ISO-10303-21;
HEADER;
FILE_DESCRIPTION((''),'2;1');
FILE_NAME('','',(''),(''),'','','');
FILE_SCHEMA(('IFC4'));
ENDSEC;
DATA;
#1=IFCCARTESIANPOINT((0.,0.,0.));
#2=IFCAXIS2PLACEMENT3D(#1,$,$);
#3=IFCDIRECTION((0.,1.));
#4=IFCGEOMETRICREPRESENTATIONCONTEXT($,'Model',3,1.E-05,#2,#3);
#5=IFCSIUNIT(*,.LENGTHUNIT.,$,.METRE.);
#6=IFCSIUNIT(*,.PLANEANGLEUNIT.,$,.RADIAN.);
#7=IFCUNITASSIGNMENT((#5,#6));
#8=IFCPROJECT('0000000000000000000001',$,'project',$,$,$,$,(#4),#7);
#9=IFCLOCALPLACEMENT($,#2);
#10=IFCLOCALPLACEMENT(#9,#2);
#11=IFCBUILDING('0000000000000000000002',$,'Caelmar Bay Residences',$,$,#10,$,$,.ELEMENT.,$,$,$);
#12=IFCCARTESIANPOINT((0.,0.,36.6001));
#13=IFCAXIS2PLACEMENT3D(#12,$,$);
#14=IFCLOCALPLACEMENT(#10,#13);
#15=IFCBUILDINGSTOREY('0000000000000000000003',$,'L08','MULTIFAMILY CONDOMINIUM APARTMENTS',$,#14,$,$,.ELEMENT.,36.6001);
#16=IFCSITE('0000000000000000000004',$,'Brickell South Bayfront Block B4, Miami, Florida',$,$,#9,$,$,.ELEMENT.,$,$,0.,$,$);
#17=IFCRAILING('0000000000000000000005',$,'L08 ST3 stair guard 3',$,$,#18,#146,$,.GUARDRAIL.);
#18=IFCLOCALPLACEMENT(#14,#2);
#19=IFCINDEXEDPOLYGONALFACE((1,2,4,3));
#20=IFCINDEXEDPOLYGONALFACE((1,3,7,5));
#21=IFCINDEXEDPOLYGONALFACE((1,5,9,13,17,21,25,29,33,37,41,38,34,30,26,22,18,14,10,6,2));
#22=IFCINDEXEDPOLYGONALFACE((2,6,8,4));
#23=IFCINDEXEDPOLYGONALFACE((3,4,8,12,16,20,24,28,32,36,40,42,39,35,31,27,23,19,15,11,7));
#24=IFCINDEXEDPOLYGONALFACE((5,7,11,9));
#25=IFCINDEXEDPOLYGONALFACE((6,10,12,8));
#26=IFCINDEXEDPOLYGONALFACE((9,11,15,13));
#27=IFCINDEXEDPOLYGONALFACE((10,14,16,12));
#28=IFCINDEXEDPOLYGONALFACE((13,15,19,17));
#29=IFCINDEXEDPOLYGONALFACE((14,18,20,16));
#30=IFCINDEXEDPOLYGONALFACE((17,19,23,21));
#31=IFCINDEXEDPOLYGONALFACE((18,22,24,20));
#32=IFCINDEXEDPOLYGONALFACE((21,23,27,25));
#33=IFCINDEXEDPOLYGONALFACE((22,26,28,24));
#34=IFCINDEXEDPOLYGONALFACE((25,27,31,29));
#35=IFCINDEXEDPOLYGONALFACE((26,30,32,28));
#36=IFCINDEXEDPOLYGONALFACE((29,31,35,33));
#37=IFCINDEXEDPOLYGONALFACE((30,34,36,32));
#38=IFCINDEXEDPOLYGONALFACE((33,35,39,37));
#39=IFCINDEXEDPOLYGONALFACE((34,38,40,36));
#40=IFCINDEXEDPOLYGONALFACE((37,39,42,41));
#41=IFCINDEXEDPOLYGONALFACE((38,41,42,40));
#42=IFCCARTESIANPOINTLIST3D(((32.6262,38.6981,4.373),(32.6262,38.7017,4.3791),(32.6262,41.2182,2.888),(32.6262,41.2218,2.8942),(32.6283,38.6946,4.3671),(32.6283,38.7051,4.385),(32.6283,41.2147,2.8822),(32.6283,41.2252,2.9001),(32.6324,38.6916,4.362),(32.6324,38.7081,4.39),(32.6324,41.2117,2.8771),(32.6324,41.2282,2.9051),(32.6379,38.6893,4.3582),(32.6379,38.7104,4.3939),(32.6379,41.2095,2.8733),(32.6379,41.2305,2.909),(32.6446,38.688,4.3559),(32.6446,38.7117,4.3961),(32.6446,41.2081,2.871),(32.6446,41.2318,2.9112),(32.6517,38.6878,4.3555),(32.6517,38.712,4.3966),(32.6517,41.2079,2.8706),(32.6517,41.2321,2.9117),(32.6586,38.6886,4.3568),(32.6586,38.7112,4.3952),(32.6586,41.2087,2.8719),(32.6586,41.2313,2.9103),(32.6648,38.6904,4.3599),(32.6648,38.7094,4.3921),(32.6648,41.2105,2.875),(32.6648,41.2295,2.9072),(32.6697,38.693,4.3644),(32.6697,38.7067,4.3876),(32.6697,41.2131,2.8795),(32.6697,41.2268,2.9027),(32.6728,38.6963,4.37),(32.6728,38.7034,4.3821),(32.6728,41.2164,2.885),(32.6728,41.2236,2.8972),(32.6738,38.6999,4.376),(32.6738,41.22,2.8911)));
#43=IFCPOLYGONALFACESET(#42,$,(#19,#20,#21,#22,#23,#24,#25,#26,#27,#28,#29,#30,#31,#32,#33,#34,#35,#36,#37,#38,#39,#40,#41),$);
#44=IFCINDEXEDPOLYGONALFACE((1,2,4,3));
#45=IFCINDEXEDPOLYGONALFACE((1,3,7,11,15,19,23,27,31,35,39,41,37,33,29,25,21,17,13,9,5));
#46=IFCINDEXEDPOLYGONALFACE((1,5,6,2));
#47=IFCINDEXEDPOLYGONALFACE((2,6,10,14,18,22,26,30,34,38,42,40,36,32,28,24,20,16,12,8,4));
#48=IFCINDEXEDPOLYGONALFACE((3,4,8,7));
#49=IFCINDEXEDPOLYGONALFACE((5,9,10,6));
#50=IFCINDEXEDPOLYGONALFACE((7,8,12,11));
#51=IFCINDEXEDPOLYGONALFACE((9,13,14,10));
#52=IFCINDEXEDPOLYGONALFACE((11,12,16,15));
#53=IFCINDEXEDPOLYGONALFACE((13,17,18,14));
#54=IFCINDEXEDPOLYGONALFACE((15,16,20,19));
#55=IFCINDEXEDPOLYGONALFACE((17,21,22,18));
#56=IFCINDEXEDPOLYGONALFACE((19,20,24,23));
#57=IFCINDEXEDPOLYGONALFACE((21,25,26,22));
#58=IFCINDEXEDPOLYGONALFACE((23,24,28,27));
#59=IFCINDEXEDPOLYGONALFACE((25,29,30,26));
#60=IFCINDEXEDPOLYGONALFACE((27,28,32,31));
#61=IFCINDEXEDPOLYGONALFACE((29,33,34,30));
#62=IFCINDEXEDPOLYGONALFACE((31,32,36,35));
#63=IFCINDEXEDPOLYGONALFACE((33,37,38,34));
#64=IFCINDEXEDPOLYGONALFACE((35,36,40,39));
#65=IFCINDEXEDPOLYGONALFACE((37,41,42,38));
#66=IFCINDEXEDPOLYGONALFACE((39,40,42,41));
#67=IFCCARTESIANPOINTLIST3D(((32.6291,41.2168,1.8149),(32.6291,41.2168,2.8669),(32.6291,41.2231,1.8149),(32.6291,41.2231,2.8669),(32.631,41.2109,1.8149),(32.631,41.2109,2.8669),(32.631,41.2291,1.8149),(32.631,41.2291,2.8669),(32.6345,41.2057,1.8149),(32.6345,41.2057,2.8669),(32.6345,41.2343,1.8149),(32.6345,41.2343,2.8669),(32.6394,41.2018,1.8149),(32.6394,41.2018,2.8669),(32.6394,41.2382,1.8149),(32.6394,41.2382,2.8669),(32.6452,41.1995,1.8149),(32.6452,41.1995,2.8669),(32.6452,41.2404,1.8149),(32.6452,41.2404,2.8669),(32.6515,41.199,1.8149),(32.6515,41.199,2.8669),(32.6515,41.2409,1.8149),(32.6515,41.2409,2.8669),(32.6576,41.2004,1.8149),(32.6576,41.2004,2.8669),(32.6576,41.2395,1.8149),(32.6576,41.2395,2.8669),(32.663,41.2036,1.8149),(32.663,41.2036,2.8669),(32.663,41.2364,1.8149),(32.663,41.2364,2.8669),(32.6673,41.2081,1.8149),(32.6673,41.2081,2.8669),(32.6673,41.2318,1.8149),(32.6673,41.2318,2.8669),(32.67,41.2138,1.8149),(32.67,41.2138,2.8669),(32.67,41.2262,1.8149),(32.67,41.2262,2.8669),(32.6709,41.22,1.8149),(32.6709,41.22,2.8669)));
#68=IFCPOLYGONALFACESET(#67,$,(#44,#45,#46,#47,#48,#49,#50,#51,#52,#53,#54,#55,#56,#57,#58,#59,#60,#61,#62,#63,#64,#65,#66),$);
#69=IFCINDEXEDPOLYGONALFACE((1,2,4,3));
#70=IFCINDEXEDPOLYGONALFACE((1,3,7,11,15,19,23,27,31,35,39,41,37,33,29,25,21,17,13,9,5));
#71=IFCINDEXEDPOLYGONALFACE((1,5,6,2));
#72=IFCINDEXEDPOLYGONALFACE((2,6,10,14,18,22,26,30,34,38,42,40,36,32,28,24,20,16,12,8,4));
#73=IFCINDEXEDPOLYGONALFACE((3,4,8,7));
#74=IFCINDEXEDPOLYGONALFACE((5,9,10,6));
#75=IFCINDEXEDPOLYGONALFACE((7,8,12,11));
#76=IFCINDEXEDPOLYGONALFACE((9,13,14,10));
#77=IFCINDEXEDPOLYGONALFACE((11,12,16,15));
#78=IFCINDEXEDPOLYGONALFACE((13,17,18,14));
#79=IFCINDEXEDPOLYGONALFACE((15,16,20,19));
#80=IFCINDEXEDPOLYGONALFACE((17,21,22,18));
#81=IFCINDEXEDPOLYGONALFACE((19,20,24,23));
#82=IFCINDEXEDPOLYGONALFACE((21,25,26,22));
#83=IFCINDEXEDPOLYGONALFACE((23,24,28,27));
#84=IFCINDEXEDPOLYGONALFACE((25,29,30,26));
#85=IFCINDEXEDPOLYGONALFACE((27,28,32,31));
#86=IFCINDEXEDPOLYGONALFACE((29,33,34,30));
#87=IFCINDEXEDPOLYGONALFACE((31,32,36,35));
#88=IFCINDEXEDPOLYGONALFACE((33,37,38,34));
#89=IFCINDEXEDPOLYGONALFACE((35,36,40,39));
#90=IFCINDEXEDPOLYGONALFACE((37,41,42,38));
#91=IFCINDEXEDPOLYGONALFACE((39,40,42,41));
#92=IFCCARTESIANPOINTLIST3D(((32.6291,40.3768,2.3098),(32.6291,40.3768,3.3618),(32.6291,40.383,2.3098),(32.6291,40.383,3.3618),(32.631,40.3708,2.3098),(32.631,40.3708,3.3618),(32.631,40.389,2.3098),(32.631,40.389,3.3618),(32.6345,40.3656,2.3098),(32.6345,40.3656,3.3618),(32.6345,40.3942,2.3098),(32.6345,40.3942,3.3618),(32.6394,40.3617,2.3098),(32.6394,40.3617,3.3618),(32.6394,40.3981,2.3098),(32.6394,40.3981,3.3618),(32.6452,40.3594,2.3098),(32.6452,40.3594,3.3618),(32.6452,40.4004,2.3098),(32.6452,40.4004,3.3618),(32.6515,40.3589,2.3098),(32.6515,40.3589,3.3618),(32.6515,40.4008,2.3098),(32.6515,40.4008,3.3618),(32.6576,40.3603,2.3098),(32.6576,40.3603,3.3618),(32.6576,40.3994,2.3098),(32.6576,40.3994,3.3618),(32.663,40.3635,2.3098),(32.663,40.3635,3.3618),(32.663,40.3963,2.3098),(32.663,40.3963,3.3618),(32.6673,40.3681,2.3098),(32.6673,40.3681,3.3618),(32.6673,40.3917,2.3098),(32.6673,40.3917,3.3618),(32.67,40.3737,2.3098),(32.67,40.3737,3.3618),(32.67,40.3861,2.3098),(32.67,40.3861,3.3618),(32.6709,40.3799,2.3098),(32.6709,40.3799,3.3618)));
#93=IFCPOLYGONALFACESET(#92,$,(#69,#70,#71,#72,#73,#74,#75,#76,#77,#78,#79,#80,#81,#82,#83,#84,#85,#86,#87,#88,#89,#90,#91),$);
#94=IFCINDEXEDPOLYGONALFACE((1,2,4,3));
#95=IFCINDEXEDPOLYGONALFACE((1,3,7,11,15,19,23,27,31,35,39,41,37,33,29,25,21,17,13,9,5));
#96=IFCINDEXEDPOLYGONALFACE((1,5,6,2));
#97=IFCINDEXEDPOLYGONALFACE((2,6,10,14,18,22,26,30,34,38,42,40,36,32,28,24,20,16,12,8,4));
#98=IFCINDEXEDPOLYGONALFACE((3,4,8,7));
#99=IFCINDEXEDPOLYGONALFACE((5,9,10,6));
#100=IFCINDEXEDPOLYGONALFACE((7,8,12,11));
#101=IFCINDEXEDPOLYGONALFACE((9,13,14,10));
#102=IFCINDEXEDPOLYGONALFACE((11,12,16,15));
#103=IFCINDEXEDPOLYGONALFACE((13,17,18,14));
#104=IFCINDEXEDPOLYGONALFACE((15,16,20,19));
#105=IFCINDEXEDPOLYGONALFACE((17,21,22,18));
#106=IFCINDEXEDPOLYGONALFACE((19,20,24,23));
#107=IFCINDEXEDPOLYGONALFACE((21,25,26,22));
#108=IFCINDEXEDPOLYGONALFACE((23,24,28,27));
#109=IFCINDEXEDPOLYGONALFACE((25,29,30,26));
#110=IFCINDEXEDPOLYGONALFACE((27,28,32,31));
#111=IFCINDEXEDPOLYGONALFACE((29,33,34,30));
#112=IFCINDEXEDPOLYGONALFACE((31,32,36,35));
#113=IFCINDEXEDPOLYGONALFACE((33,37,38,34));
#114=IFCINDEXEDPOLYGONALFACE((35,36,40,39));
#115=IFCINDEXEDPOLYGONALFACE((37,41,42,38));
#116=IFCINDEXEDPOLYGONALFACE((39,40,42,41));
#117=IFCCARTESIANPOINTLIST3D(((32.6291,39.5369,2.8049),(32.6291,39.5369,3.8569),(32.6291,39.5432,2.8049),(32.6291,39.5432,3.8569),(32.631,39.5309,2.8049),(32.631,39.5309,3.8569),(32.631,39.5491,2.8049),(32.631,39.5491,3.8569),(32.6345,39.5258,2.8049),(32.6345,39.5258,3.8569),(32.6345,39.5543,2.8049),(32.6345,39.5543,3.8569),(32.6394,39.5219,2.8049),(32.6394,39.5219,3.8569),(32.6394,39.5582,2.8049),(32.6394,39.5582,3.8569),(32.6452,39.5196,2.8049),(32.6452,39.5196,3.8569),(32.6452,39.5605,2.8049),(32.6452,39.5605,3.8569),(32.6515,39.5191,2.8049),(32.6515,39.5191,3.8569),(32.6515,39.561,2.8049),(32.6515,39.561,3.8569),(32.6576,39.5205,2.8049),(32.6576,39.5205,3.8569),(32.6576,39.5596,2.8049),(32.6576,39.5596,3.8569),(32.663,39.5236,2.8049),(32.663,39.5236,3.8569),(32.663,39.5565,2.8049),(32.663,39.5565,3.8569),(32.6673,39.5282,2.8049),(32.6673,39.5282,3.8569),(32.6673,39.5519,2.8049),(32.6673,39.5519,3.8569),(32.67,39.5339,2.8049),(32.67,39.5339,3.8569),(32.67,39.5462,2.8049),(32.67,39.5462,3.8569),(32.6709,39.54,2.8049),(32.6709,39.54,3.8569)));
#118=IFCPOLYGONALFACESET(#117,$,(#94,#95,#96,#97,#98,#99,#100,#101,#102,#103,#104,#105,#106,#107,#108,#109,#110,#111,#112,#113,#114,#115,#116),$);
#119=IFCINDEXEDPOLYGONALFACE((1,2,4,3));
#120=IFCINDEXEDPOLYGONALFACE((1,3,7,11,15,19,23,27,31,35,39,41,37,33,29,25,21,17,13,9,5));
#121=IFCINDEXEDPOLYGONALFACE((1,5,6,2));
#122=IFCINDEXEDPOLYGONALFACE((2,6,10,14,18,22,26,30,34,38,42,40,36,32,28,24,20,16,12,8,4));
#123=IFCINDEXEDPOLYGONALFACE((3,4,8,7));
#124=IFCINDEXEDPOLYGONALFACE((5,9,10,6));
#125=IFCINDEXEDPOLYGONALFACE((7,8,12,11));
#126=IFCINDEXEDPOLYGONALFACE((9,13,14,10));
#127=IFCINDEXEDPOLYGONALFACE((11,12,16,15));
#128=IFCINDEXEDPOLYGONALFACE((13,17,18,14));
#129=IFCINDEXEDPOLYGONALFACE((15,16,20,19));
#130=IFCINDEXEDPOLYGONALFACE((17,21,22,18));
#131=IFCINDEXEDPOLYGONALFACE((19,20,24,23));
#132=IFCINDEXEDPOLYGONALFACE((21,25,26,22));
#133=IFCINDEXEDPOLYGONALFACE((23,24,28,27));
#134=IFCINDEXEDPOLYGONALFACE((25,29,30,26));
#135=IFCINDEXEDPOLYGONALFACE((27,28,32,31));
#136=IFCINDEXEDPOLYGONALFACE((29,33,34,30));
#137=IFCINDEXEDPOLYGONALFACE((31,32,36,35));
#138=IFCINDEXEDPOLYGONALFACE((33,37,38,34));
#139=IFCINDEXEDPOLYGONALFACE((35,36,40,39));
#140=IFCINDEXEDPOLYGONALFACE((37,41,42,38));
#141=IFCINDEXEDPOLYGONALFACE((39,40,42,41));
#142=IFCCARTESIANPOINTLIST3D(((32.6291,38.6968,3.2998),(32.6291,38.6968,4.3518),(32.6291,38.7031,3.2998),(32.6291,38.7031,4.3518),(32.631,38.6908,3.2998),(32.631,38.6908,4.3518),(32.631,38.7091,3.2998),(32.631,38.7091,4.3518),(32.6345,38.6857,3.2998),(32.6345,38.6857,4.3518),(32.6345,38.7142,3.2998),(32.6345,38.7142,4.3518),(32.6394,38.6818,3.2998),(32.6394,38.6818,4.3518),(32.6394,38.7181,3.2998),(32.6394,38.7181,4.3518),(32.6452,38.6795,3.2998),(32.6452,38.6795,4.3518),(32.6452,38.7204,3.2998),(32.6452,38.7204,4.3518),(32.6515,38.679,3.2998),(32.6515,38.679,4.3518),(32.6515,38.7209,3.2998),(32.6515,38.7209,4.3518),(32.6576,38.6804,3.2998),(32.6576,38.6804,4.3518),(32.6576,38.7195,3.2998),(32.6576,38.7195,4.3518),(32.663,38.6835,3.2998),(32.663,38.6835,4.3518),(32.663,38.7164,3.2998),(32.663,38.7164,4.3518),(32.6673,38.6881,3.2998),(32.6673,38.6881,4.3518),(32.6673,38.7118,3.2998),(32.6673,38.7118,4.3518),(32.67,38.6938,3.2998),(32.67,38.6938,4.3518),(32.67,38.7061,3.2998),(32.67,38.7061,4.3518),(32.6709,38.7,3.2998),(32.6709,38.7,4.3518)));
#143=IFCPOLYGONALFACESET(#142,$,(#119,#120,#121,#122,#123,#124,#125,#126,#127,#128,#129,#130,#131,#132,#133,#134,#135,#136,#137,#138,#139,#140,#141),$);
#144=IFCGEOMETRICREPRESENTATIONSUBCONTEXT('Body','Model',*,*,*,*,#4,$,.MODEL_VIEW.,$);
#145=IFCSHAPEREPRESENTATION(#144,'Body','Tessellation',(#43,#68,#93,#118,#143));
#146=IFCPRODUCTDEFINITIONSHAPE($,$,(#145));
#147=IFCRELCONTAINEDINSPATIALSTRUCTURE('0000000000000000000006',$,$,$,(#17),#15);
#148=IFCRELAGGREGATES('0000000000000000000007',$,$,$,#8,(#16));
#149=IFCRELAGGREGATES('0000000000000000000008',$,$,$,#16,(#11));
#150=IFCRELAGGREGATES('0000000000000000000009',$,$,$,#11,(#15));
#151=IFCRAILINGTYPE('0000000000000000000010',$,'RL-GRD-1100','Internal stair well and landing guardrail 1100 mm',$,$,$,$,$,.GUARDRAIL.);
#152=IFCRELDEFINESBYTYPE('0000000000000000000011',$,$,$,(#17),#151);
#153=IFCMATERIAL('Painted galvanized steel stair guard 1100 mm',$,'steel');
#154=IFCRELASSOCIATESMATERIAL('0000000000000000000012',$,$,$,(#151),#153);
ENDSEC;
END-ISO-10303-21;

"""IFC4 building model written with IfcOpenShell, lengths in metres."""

from ifc_helpers import new_model, si_unit, direction, frame, origin, origin_2d, place, context, subcontext, project, spatial, circle, extrude, material, type_object, element, save


model = new_model("IFC4")

# Units and contexts
model_context = context("Model", 3, precision=1e-05, world=origin(), true_north=direction((0.0, 1.0)))
body_context = subcontext(model_context, "Body", "Model", "MODEL_VIEW")
ifc_project = project(units=[si_unit("LENGTHUNIT", "METRE"), si_unit("PLANEANGLEUNIT", "RADIAN")], contexts=[model_context])

# Site, building, storey
site_placement = place(None, origin())
site = spatial("IfcSite", under=ifc_project, at=site_placement, Name="Brickell South Bayfront Block B4, Miami, Florida", CompositionType="ELEMENT", RefElevation=0.0)
building_placement = place(site_placement, origin())
building = spatial("IfcBuilding", under=site, at=building_placement, Name="Caelmar Bay Residences", CompositionType="ELEMENT")
storey_placement = place(building_placement, frame((0.0, 0.0, 36.6001)))
storey = spatial("IfcBuildingStorey", under=building, at=storey_placement, Name="L08", Description="MULTIFAMILY CONDOMINIUM APARTMENTS", CompositionType="ELEMENT", Elevation=36.6001)

# Railing
ifc_material_1 = material(Name="Painted galvanized steel stair guard 1100 mm", Category="steel")
railing_type_1 = type_object("IfcRailingType", Name="RL-GRD-1100", Description="Internal stair well and landing guardrail 1100 mm", PredefinedType="GUARDRAIL", material=ifc_material_1)
railing_1_placement = place(storey_placement, frame((32.6499, 41.22, 1.8149)))
element("IfcRailing", 1, at=railing_1_placement, inside=storey, type_object=railing_type_1, Name="L08 ST3 stair guard 3", PredefinedType="GUARDRAIL", context=body_context, shape_type="SweptSolid", body=[
    extrude(circle(Radius=0.0239, at=origin_2d()), frame((0.0, 0.0, 1.0762), z_axis=(0.0, -0.861561, 0.507655), x_axis=(1.0, 0.0, 0.0)), (0.0, 0.0, 1.0), 2.925),
    extrude(circle(Radius=0.021, at=origin_2d()), origin(), (0.0, 0.0, 1.0), 1.052),
    extrude(circle(Radius=0.021, at=origin_2d()), frame((0.0, -0.8401, 0.4949)), (0.0, 0.0, 1.0), 1.052),
    extrude(circle(Radius=0.021, at=origin_2d()), frame((0.0, -1.6799, 0.99)), (0.0, 0.0, 1.0), 1.052),
    extrude(circle(Radius=0.021, at=origin_2d()), frame((0.0, -2.52, 1.4849)), (0.0, 0.0, 1.0), 1.052),
])

save(model, "model.ifc")
